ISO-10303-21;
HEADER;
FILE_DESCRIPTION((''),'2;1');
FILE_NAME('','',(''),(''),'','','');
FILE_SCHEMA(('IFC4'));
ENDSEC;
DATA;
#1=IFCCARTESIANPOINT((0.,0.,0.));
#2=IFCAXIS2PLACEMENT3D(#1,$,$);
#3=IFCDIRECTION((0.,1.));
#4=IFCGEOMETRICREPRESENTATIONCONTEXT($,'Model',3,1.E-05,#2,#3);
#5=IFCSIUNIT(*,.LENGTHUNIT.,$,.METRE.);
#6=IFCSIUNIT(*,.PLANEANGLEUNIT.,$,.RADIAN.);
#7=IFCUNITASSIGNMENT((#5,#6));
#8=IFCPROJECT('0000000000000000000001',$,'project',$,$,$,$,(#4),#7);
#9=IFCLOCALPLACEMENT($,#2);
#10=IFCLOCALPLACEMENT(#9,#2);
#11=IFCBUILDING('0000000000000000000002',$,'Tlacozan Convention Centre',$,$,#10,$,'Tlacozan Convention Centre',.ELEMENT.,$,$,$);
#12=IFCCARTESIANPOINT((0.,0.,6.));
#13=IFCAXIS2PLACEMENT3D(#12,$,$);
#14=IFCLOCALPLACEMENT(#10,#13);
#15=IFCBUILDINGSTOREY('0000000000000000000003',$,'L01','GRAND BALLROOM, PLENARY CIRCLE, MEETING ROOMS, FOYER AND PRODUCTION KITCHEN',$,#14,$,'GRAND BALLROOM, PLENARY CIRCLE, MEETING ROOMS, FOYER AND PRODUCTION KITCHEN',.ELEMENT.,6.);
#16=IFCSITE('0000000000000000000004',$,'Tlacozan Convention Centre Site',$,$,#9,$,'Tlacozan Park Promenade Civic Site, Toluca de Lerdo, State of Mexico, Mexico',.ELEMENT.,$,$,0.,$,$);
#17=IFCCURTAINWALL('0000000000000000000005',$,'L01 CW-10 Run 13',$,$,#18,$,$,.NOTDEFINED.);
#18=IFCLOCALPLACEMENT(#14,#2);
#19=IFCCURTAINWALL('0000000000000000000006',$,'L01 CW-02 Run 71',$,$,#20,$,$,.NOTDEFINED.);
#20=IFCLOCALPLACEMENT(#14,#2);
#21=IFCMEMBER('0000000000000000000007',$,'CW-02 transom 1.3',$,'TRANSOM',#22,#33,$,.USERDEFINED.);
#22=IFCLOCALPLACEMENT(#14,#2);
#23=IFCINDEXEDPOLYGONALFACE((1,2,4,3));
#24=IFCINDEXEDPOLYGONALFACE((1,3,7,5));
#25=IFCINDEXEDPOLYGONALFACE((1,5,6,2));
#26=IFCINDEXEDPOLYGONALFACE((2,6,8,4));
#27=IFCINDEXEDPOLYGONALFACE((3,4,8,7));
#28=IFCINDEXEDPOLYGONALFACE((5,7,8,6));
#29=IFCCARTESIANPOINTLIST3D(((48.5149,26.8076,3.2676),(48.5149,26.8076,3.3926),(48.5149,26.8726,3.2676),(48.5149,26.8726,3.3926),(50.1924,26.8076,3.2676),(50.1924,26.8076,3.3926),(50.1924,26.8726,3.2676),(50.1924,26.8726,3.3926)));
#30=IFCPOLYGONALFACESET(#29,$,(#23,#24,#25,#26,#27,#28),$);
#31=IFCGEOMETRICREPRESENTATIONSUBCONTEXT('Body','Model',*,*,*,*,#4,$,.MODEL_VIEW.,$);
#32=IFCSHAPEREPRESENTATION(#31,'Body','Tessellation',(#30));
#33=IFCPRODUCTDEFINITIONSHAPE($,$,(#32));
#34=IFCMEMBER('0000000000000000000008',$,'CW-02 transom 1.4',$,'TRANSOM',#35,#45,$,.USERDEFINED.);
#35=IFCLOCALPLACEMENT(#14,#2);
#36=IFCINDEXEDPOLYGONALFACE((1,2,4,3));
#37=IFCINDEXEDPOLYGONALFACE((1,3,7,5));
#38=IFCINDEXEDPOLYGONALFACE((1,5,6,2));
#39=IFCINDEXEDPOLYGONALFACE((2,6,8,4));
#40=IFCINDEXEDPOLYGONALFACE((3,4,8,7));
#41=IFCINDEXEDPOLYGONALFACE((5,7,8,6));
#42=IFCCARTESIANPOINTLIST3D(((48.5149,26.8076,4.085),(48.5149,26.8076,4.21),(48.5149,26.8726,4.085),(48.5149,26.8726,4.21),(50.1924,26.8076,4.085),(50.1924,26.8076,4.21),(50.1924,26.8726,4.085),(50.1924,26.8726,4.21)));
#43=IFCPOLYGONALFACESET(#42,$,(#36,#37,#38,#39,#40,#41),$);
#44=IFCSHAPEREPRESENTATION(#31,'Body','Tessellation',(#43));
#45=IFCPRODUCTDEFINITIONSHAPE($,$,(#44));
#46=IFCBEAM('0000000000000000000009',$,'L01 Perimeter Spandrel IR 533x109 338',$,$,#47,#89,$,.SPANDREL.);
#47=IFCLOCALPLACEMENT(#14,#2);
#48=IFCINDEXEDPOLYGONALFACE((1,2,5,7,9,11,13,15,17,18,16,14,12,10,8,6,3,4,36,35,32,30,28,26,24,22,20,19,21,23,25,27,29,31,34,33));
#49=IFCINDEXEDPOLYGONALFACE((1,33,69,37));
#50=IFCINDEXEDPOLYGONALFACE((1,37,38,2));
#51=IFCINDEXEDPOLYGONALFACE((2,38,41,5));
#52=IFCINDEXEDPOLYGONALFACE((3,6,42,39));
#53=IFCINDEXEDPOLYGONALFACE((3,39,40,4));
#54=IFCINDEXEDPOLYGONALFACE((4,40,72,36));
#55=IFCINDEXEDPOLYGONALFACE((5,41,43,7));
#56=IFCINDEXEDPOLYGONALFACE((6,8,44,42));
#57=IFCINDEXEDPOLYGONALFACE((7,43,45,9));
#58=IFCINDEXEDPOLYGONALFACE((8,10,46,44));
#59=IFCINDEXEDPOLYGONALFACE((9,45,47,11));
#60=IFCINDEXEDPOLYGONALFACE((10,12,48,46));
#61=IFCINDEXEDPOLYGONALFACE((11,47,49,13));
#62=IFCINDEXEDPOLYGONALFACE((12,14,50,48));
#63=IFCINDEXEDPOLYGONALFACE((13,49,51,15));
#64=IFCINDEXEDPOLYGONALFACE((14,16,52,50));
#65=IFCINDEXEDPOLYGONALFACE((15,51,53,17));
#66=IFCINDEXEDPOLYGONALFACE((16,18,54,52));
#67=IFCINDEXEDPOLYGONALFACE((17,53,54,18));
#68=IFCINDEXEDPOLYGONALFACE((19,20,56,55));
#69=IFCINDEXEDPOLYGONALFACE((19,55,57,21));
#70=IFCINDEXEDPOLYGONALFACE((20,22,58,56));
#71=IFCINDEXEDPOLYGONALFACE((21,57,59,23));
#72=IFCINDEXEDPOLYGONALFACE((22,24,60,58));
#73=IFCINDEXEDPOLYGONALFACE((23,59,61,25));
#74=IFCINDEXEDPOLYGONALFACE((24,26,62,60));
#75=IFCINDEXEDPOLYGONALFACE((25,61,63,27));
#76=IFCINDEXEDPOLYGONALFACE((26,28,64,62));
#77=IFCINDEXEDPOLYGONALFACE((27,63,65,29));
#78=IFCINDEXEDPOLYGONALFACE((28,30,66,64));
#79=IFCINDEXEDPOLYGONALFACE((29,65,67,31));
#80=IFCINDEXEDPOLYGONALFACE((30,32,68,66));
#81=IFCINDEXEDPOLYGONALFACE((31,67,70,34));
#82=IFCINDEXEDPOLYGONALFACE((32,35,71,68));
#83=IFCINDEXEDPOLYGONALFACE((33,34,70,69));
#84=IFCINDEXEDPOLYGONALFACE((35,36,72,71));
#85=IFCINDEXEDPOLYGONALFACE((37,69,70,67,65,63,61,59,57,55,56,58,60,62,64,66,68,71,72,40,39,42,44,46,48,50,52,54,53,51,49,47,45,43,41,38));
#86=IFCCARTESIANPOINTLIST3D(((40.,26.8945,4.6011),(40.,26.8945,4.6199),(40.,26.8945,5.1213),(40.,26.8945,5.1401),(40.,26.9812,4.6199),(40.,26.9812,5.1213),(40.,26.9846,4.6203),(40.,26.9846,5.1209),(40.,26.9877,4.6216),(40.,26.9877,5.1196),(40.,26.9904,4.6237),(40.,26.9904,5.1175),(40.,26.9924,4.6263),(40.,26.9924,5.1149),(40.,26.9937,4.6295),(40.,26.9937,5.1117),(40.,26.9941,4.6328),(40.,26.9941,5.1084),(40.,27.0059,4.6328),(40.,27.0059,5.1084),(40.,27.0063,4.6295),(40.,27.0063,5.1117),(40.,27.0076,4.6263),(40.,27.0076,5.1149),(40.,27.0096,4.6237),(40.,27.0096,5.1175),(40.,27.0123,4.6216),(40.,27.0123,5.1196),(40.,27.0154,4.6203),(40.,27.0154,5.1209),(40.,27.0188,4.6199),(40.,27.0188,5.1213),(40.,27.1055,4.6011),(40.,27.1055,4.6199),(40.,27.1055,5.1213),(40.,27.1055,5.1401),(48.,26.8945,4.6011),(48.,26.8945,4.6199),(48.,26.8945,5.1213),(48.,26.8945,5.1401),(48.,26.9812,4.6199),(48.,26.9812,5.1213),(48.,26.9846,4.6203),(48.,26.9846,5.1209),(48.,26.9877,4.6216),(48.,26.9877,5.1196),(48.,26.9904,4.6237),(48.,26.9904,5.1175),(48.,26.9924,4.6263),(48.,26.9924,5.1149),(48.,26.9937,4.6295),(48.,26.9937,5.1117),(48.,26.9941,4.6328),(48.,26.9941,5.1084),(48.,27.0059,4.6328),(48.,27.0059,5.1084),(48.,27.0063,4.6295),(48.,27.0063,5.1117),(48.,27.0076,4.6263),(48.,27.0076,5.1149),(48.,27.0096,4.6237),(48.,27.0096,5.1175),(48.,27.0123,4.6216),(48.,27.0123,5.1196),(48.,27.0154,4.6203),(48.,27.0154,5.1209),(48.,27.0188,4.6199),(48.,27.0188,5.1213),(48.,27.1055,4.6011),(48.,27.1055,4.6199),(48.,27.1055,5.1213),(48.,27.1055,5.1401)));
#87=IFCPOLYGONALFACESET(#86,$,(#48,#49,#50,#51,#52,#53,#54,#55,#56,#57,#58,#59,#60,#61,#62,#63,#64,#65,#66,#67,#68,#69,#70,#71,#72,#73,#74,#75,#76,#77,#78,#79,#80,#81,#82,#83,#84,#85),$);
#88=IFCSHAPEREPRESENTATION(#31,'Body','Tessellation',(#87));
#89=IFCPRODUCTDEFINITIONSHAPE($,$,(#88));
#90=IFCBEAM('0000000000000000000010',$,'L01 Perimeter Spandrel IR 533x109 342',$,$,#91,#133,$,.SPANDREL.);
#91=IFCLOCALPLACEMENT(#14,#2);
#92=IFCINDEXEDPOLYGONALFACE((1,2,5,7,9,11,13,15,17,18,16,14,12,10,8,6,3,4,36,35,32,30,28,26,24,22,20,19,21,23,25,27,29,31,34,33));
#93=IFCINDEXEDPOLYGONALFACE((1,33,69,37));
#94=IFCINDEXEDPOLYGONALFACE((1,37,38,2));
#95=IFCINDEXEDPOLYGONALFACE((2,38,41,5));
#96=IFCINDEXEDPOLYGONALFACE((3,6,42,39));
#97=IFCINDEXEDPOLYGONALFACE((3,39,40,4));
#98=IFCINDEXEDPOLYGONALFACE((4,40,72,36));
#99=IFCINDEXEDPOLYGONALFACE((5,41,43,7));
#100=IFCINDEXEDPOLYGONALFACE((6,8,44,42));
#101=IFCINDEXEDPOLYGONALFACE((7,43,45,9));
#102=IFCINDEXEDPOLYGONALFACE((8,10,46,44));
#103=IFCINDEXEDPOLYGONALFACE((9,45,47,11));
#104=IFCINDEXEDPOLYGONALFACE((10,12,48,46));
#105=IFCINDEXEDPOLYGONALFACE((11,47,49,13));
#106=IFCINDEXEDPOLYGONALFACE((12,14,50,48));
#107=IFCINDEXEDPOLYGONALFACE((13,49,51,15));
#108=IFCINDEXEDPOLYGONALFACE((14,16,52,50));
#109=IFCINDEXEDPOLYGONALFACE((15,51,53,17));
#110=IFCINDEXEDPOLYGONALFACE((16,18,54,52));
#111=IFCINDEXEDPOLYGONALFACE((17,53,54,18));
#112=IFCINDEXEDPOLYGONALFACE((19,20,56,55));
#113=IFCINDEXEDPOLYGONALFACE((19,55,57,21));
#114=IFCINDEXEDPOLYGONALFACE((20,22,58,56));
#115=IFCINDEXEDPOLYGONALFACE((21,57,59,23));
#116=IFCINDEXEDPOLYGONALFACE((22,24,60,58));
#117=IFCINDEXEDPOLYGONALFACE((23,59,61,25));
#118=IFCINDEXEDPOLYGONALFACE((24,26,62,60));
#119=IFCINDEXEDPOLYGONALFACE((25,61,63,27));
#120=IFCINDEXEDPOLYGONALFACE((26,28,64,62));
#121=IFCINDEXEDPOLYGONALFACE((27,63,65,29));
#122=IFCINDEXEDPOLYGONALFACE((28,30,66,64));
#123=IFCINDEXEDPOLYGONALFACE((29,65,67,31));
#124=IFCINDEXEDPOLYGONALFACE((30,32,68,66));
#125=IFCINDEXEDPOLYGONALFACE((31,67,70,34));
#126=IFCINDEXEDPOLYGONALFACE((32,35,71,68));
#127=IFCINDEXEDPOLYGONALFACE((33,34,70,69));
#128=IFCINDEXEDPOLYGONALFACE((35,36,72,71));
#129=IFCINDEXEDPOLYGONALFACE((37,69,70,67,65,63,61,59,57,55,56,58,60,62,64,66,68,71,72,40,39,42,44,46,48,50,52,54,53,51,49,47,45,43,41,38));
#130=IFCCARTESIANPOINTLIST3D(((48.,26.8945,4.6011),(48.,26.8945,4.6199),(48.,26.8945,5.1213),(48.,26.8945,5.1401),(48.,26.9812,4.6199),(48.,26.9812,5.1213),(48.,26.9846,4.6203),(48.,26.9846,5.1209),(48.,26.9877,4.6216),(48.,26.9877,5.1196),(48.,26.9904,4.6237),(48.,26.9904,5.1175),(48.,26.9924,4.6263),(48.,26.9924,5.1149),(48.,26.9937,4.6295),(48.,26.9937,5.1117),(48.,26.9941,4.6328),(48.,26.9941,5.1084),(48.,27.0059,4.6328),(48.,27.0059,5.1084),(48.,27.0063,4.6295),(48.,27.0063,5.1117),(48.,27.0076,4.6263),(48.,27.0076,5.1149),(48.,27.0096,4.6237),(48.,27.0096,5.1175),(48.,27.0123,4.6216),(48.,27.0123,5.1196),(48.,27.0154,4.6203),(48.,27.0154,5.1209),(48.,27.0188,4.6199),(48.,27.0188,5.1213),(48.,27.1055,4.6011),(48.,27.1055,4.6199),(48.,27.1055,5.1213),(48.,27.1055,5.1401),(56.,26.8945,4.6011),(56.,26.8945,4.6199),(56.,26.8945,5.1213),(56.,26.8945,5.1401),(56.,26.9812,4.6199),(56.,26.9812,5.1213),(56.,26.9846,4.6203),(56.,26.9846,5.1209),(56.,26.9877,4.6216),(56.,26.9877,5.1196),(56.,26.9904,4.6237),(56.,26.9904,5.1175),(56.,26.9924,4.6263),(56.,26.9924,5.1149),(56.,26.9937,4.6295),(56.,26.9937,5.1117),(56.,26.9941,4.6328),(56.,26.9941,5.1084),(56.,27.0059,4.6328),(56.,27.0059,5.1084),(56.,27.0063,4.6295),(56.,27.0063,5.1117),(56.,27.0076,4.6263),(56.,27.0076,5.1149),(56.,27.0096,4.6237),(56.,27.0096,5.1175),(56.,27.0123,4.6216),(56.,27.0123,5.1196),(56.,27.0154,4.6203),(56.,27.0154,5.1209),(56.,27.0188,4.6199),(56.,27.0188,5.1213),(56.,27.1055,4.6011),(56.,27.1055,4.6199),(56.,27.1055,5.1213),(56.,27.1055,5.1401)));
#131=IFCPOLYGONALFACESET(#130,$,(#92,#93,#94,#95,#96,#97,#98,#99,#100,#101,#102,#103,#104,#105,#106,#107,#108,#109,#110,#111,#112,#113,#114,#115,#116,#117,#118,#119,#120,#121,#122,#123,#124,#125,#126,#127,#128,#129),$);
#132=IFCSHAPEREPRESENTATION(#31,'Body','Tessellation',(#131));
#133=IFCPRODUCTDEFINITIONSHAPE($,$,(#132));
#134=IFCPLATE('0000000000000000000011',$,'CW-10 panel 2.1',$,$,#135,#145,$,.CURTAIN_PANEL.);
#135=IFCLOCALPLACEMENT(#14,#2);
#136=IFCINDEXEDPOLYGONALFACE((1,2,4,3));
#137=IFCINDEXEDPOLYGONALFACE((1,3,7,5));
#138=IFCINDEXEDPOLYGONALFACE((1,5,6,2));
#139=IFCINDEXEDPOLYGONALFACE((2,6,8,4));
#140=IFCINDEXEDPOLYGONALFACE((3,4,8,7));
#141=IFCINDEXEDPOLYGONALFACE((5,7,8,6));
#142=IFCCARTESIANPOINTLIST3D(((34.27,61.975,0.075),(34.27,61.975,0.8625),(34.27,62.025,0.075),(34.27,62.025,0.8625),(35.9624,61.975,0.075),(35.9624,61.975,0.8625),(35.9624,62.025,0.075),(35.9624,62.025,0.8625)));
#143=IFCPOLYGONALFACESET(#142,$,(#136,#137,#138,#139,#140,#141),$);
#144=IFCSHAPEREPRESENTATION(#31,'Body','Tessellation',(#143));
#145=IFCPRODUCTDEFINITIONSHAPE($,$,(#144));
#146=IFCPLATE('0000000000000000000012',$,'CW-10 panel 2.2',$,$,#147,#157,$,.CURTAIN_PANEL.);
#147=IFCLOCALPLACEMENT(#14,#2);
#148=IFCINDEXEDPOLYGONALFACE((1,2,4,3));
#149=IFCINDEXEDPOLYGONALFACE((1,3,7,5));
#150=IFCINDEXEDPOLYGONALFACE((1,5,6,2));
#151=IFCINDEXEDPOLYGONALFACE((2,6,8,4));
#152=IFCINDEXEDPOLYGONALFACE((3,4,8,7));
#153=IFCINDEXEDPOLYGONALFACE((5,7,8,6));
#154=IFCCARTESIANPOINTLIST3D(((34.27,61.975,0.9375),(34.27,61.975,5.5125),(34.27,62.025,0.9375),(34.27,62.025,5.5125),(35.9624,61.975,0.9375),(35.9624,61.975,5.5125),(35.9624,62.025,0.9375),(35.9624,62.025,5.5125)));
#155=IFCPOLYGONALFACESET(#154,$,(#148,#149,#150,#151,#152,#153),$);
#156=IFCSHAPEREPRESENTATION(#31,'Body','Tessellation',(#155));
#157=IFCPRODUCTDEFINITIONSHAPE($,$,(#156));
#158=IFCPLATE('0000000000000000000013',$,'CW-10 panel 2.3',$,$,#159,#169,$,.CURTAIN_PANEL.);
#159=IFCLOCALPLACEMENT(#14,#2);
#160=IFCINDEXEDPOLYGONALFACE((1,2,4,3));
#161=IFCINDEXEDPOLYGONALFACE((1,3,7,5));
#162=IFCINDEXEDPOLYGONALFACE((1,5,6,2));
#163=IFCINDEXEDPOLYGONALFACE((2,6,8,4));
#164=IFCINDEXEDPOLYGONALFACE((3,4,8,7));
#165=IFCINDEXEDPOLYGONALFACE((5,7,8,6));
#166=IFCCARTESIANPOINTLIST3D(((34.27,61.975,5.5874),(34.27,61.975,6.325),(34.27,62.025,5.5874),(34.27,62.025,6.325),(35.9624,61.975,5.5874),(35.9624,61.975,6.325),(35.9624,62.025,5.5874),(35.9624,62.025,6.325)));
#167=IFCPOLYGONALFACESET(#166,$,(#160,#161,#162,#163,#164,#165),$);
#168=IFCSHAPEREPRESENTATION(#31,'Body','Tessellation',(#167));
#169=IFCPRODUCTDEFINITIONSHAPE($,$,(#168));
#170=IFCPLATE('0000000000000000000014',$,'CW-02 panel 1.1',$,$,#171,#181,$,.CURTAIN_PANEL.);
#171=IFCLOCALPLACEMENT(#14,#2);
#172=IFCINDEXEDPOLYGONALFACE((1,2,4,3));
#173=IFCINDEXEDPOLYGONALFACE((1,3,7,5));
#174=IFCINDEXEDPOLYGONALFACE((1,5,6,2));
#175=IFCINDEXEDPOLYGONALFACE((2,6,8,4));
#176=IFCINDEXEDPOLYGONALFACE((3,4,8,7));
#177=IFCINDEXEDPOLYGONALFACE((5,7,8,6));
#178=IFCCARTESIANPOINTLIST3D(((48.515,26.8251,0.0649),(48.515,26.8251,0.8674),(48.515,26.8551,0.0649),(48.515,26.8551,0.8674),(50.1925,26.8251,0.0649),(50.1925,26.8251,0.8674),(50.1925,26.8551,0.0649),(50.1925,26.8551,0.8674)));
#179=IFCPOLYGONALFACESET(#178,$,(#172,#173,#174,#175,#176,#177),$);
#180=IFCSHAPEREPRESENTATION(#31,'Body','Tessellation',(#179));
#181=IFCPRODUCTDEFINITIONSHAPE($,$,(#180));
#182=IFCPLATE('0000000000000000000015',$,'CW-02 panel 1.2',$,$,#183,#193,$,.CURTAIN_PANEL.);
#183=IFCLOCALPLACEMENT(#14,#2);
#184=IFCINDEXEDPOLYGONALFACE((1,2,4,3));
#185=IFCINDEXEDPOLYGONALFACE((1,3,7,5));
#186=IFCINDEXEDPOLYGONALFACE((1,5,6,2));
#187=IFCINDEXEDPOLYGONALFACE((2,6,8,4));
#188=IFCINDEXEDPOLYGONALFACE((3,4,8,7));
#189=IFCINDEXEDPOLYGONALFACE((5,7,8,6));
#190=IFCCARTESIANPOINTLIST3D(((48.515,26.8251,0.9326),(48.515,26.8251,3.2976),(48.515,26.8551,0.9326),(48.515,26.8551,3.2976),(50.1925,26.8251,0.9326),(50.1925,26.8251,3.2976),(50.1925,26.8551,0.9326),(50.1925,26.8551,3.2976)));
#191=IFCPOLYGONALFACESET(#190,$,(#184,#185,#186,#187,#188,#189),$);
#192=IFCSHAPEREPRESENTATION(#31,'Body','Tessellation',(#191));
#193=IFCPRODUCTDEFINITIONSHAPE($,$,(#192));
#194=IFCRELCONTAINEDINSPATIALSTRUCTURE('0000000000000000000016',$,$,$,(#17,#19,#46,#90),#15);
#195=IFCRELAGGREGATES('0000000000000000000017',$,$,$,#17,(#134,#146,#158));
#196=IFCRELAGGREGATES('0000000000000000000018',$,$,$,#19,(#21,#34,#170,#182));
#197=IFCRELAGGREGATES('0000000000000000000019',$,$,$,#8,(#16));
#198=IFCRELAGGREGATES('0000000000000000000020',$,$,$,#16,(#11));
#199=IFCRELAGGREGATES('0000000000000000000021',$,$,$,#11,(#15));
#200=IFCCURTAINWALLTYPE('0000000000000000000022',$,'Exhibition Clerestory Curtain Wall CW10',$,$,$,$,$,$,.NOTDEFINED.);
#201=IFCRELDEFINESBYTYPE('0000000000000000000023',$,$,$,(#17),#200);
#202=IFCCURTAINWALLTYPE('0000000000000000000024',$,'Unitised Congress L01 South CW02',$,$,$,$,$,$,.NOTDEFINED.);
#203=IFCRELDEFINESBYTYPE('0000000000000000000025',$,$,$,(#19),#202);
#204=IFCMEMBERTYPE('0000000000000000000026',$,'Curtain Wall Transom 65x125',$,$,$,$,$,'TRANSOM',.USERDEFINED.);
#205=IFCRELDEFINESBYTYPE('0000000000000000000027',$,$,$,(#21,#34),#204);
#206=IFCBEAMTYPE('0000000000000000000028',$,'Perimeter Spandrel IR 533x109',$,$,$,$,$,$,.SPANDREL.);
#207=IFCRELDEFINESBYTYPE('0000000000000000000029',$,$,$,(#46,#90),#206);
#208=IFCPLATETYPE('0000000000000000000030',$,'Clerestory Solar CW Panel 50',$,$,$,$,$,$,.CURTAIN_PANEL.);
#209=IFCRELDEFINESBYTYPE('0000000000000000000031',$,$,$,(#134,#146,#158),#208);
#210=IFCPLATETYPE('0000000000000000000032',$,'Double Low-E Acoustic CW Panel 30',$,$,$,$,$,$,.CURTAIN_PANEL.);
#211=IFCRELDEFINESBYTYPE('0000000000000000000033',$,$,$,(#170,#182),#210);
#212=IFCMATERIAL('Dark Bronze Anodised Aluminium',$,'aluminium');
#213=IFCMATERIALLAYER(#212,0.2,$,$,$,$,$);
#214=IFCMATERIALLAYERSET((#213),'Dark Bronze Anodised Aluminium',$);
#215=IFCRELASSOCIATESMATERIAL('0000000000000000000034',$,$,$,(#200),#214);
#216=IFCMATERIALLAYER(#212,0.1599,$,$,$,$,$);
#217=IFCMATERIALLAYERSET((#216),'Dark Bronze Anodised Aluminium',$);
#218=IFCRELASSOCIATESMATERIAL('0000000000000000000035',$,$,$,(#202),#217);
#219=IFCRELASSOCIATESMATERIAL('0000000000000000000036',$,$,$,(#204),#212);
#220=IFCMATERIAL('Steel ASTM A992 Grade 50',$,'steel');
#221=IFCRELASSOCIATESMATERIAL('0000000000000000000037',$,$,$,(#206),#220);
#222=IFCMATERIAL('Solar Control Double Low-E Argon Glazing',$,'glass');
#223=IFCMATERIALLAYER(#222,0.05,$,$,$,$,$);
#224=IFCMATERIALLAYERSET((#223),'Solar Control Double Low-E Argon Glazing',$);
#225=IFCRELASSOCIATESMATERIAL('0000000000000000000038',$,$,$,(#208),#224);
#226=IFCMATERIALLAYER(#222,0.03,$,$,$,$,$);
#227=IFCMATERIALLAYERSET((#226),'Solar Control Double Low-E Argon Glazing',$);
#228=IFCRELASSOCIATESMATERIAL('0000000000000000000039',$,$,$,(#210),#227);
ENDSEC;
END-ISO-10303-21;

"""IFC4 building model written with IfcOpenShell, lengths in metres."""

from ifc_helpers import new_model, si_unit, direction, frame, origin, origin_2d, place, context, subcontext, project, spatial, rectangle, i_section, extrude, material, layer, layer_set, material_profile, profile_set, type_object, element, aggregate, save


model = new_model("IFC4")

# Units and contexts
model_context = context("Model", 3, precision=1e-05, world=origin(), true_north=direction((0.0, 1.0)))
body_context = subcontext(model_context, "Body", "Model", "MODEL_VIEW")
ifc_project = project(units=[si_unit("LENGTHUNIT", "METRE"), si_unit("PLANEANGLEUNIT", "RADIAN")], contexts=[model_context])

# Site, building, storey
site_placement = place(None, origin())
site = spatial("IfcSite", under=ifc_project, at=site_placement, Name="Tlacozan Convention Centre Site", LongName="Tlacozan Park Promenade Civic Site, Toluca de Lerdo, State of Mexico, Mexico", CompositionType="ELEMENT", RefElevation=0.0)
building_placement = place(site_placement, origin())
building = spatial("IfcBuilding", under=site, at=building_placement, Name="Tlacozan Convention Centre", LongName="Tlacozan Convention Centre", CompositionType="ELEMENT")
storey_placement = place(building_placement, frame((0.0, 0.0, 6.0)))
storey = spatial("IfcBuildingStorey", under=building, at=storey_placement, Name="L01", Description="GRAND BALLROOM, PLENARY CIRCLE, MEETING ROOMS, FOYER AND PRODUCTION KITCHEN", LongName="GRAND BALLROOM, PLENARY CIRCLE, MEETING ROOMS, FOYER AND PRODUCTION KITCHEN", CompositionType="ELEMENT", Elevation=6.0)

# Curtain walls, members
ifc_material_1 = material(Name="Dark Bronze Anodised Aluminium", Category="aluminium")
ifc_layer_1 = layer(ifc_material_1, 0.2)
ifc_layer_set_1 = layer_set([ifc_layer_1], Name="Dark Bronze Anodised Aluminium")
curtain_wall_type_1 = type_object("IfcCurtainWallType", Name="Exhibition Clerestory Curtain Wall CW10", PredefinedType="NOTDEFINED", material=ifc_layer_set_1)
curtain_wall_1_placement = place(storey_placement, origin())
curtain_wall_1 = element("IfcCurtainWall", 1, at=curtain_wall_1_placement, inside=storey, type_object=curtain_wall_type_1, Name="L01 CW-10 Run 13", PredefinedType="NOTDEFINED")
ifc_layer_2 = layer(ifc_material_1, 0.1599)
ifc_layer_set_2 = layer_set([ifc_layer_2], Name="Dark Bronze Anodised Aluminium")
curtain_wall_type_2 = type_object("IfcCurtainWallType", Name="Unitised Congress L01 South CW02", PredefinedType="NOTDEFINED", material=ifc_layer_set_2)
curtain_wall_2_placement = place(storey_placement, origin())
curtain_wall_2 = element("IfcCurtainWall", 2, at=curtain_wall_2_placement, inside=storey, type_object=curtain_wall_type_2, Name="L01 CW-02 Run 71", PredefinedType="NOTDEFINED")
ifc_material_profile_1 = material_profile(ifc_material_1, rectangle(XDim=0.0649, YDim=0.125, at=origin_2d()), Name="ALU 65x125")
ifc_profile_set_1 = profile_set([ifc_material_profile_1], Name="Dark Bronze Anodised Aluminium")
member_type_1 = type_object("IfcMemberType", Name="Curtain Wall Transom 65x125", ElementType="TRANSOM", PredefinedType="USERDEFINED", material=ifc_profile_set_1)
member_1_placement = place(storey_placement, frame((48.5149, 26.8401, 3.3301), z_axis=(1.0, 0.0, 0.0), x_axis=(0.0, 1.0, 0.0)))
member_1 = element("IfcMember", 3, at=member_1_placement, type_object=member_type_1, Name="CW-02 transom 1.3", ObjectType="TRANSOM", PredefinedType="USERDEFINED", context=body_context, shape_type="SweptSolid", body=[
    extrude(rectangle(XDim=0.0649, YDim=0.125, at=origin_2d()), origin(), (0.0, 0.0, 1.0), 1.6775),
])
member_2_placement = place(storey_placement, frame((48.5149, 26.8401, 4.1475), z_axis=(1.0, 0.0, 0.0), x_axis=(0.0, 1.0, 0.0)))
member_2 = element("IfcMember", 4, at=member_2_placement, type_object=member_type_1, Name="CW-02 transom 1.4", ObjectType="TRANSOM", PredefinedType="USERDEFINED", context=body_context, shape_type="SweptSolid", body=[
    extrude(rectangle(XDim=0.0649, YDim=0.125, at=origin_2d()), origin(), (0.0, 0.0, 1.0), 1.6775),
])

# Beams
ifc_material_2 = material(Name="Steel ASTM A992 Grade 50", Category="steel")
ifc_material_profile_2 = material_profile(ifc_material_2, i_section(OverallWidth=0.2109, OverallDepth=0.5391, WebThickness=0.0117, FlangeThickness=0.0188, FilletRadius=0.0129, at=origin_2d()), Name="IR 533x109.0")
ifc_profile_set_2 = profile_set([ifc_material_profile_2], Name="Steel ASTM A992 Grade 50")
beam_type = type_object("IfcBeamType", Name="Perimeter Spandrel IR 533x109", PredefinedType="SPANDREL", material=ifc_profile_set_2)
for number, where, z_axis, x_axis, name in (
    (5, (40.0, 27.0, 4.8706), (1.0, 0.0, 0.0), (0.0, 1.0, 0.0), "L01 Perimeter Spandrel IR 533x109 338"),
    (6, (48.0, 27.0, 4.8706), (1.0, 0.0, 0.0), (0.0, 1.0, 0.0), "L01 Perimeter Spandrel IR 533x109 342"),
):
    element("IfcBeam", number, at=place(storey_placement, frame(where, z_axis=z_axis, x_axis=x_axis)), inside=storey, type_object=beam_type, Name=name, PredefinedType="SPANDREL", context=body_context, shape_type="SweptSolid", body=[
        extrude(i_section(OverallWidth=0.2109, OverallDepth=0.5391, WebThickness=0.0117, FlangeThickness=0.0188, FilletRadius=0.0129, at=origin_2d()), origin(), (0.0, 0.0, 1.0), 8.0),
    ])

# Plates
ifc_material_3 = material(Name="Solar Control Double Low-E Argon Glazing", Category="glass")
ifc_layer_3 = layer(ifc_material_3, 0.05)
ifc_layer_set_3 = layer_set([ifc_layer_3], Name="Solar Control Double Low-E Argon Glazing")
plate_type_1 = type_object("IfcPlateType", Name="Clerestory Solar CW Panel 50", PredefinedType="CURTAIN_PANEL", material=ifc_layer_set_3)
plate_1_placement = place(storey_placement, frame((35.1162, 62.0, 0.075), z_axis=(0.0, 0.0, 1.0), x_axis=(1.0, 0.0, 0.0)))
plate_1 = element("IfcPlate", 7, at=plate_1_placement, type_object=plate_type_1, Name="CW-10 panel 2.1", PredefinedType="CURTAIN_PANEL", context=body_context, shape_type="SweptSolid", body=[
    extrude(rectangle(XDim=1.6924, YDim=0.05, at=origin_2d()), origin(), (0.0, 0.0, 1.0), 0.7876),
])
plate_2_placement = place(storey_placement, frame((35.1162, 62.0, 0.9375), z_axis=(0.0, 0.0, 1.0), x_axis=(1.0, 0.0, 0.0)))
plate_2 = element("IfcPlate", 8, at=plate_2_placement, type_object=plate_type_1, Name="CW-10 panel 2.2", PredefinedType="CURTAIN_PANEL", context=body_context, shape_type="SweptSolid", body=[
    extrude(rectangle(XDim=1.6924, YDim=0.05, at=origin_2d()), origin(), (0.0, 0.0, 1.0), 4.575),
])
plate_3_placement = place(storey_placement, frame((35.1162, 62.0, 5.5874), z_axis=(0.0, 0.0, 1.0), x_axis=(1.0, 0.0, 0.0)))
plate_3 = element("IfcPlate", 9, at=plate_3_placement, type_object=plate_type_1, Name="CW-10 panel 2.3", PredefinedType="CURTAIN_PANEL", context=body_context, shape_type="SweptSolid", body=[
    extrude(rectangle(XDim=1.6924, YDim=0.05, at=origin_2d()), origin(), (0.0, 0.0, 1.0), 0.7375),
])
aggregate(curtain_wall_1, [plate_1, plate_2, plate_3])
ifc_layer_4 = layer(ifc_material_3, 0.03)
ifc_layer_set_4 = layer_set([ifc_layer_4], Name="Solar Control Double Low-E Argon Glazing")
plate_type_2 = type_object("IfcPlateType", Name="Double Low-E Acoustic CW Panel 30", PredefinedType="CURTAIN_PANEL", material=ifc_layer_set_4)
plate_4_placement = place(storey_placement, frame((49.3538, 26.8401, 0.0649), z_axis=(0.0, 0.0, 1.0), x_axis=(1.0, 0.0, 0.0)))
plate_4 = element("IfcPlate", 10, at=plate_4_placement, type_object=plate_type_2, Name="CW-02 panel 1.1", PredefinedType="CURTAIN_PANEL", context=body_context, shape_type="SweptSolid", body=[
    extrude(rectangle(XDim=1.6775, YDim=0.03, at=origin_2d()), origin(), (0.0, 0.0, 1.0), 0.8025),
])
plate_5_placement = place(storey_placement, frame((49.3538, 26.8401, 0.9326), z_axis=(0.0, 0.0, 1.0), x_axis=(1.0, 0.0, 0.0)))
plate_5 = element("IfcPlate", 11, at=plate_5_placement, type_object=plate_type_2, Name="CW-02 panel 1.2", PredefinedType="CURTAIN_PANEL", context=body_context, shape_type="SweptSolid", body=[
    extrude(rectangle(XDim=1.6775, YDim=0.03, at=origin_2d()), origin(), (0.0, 0.0, 1.0), 2.365),
])
aggregate(curtain_wall_2, [member_1, member_2, plate_4, plate_5])

save(model, "model.ifc")
